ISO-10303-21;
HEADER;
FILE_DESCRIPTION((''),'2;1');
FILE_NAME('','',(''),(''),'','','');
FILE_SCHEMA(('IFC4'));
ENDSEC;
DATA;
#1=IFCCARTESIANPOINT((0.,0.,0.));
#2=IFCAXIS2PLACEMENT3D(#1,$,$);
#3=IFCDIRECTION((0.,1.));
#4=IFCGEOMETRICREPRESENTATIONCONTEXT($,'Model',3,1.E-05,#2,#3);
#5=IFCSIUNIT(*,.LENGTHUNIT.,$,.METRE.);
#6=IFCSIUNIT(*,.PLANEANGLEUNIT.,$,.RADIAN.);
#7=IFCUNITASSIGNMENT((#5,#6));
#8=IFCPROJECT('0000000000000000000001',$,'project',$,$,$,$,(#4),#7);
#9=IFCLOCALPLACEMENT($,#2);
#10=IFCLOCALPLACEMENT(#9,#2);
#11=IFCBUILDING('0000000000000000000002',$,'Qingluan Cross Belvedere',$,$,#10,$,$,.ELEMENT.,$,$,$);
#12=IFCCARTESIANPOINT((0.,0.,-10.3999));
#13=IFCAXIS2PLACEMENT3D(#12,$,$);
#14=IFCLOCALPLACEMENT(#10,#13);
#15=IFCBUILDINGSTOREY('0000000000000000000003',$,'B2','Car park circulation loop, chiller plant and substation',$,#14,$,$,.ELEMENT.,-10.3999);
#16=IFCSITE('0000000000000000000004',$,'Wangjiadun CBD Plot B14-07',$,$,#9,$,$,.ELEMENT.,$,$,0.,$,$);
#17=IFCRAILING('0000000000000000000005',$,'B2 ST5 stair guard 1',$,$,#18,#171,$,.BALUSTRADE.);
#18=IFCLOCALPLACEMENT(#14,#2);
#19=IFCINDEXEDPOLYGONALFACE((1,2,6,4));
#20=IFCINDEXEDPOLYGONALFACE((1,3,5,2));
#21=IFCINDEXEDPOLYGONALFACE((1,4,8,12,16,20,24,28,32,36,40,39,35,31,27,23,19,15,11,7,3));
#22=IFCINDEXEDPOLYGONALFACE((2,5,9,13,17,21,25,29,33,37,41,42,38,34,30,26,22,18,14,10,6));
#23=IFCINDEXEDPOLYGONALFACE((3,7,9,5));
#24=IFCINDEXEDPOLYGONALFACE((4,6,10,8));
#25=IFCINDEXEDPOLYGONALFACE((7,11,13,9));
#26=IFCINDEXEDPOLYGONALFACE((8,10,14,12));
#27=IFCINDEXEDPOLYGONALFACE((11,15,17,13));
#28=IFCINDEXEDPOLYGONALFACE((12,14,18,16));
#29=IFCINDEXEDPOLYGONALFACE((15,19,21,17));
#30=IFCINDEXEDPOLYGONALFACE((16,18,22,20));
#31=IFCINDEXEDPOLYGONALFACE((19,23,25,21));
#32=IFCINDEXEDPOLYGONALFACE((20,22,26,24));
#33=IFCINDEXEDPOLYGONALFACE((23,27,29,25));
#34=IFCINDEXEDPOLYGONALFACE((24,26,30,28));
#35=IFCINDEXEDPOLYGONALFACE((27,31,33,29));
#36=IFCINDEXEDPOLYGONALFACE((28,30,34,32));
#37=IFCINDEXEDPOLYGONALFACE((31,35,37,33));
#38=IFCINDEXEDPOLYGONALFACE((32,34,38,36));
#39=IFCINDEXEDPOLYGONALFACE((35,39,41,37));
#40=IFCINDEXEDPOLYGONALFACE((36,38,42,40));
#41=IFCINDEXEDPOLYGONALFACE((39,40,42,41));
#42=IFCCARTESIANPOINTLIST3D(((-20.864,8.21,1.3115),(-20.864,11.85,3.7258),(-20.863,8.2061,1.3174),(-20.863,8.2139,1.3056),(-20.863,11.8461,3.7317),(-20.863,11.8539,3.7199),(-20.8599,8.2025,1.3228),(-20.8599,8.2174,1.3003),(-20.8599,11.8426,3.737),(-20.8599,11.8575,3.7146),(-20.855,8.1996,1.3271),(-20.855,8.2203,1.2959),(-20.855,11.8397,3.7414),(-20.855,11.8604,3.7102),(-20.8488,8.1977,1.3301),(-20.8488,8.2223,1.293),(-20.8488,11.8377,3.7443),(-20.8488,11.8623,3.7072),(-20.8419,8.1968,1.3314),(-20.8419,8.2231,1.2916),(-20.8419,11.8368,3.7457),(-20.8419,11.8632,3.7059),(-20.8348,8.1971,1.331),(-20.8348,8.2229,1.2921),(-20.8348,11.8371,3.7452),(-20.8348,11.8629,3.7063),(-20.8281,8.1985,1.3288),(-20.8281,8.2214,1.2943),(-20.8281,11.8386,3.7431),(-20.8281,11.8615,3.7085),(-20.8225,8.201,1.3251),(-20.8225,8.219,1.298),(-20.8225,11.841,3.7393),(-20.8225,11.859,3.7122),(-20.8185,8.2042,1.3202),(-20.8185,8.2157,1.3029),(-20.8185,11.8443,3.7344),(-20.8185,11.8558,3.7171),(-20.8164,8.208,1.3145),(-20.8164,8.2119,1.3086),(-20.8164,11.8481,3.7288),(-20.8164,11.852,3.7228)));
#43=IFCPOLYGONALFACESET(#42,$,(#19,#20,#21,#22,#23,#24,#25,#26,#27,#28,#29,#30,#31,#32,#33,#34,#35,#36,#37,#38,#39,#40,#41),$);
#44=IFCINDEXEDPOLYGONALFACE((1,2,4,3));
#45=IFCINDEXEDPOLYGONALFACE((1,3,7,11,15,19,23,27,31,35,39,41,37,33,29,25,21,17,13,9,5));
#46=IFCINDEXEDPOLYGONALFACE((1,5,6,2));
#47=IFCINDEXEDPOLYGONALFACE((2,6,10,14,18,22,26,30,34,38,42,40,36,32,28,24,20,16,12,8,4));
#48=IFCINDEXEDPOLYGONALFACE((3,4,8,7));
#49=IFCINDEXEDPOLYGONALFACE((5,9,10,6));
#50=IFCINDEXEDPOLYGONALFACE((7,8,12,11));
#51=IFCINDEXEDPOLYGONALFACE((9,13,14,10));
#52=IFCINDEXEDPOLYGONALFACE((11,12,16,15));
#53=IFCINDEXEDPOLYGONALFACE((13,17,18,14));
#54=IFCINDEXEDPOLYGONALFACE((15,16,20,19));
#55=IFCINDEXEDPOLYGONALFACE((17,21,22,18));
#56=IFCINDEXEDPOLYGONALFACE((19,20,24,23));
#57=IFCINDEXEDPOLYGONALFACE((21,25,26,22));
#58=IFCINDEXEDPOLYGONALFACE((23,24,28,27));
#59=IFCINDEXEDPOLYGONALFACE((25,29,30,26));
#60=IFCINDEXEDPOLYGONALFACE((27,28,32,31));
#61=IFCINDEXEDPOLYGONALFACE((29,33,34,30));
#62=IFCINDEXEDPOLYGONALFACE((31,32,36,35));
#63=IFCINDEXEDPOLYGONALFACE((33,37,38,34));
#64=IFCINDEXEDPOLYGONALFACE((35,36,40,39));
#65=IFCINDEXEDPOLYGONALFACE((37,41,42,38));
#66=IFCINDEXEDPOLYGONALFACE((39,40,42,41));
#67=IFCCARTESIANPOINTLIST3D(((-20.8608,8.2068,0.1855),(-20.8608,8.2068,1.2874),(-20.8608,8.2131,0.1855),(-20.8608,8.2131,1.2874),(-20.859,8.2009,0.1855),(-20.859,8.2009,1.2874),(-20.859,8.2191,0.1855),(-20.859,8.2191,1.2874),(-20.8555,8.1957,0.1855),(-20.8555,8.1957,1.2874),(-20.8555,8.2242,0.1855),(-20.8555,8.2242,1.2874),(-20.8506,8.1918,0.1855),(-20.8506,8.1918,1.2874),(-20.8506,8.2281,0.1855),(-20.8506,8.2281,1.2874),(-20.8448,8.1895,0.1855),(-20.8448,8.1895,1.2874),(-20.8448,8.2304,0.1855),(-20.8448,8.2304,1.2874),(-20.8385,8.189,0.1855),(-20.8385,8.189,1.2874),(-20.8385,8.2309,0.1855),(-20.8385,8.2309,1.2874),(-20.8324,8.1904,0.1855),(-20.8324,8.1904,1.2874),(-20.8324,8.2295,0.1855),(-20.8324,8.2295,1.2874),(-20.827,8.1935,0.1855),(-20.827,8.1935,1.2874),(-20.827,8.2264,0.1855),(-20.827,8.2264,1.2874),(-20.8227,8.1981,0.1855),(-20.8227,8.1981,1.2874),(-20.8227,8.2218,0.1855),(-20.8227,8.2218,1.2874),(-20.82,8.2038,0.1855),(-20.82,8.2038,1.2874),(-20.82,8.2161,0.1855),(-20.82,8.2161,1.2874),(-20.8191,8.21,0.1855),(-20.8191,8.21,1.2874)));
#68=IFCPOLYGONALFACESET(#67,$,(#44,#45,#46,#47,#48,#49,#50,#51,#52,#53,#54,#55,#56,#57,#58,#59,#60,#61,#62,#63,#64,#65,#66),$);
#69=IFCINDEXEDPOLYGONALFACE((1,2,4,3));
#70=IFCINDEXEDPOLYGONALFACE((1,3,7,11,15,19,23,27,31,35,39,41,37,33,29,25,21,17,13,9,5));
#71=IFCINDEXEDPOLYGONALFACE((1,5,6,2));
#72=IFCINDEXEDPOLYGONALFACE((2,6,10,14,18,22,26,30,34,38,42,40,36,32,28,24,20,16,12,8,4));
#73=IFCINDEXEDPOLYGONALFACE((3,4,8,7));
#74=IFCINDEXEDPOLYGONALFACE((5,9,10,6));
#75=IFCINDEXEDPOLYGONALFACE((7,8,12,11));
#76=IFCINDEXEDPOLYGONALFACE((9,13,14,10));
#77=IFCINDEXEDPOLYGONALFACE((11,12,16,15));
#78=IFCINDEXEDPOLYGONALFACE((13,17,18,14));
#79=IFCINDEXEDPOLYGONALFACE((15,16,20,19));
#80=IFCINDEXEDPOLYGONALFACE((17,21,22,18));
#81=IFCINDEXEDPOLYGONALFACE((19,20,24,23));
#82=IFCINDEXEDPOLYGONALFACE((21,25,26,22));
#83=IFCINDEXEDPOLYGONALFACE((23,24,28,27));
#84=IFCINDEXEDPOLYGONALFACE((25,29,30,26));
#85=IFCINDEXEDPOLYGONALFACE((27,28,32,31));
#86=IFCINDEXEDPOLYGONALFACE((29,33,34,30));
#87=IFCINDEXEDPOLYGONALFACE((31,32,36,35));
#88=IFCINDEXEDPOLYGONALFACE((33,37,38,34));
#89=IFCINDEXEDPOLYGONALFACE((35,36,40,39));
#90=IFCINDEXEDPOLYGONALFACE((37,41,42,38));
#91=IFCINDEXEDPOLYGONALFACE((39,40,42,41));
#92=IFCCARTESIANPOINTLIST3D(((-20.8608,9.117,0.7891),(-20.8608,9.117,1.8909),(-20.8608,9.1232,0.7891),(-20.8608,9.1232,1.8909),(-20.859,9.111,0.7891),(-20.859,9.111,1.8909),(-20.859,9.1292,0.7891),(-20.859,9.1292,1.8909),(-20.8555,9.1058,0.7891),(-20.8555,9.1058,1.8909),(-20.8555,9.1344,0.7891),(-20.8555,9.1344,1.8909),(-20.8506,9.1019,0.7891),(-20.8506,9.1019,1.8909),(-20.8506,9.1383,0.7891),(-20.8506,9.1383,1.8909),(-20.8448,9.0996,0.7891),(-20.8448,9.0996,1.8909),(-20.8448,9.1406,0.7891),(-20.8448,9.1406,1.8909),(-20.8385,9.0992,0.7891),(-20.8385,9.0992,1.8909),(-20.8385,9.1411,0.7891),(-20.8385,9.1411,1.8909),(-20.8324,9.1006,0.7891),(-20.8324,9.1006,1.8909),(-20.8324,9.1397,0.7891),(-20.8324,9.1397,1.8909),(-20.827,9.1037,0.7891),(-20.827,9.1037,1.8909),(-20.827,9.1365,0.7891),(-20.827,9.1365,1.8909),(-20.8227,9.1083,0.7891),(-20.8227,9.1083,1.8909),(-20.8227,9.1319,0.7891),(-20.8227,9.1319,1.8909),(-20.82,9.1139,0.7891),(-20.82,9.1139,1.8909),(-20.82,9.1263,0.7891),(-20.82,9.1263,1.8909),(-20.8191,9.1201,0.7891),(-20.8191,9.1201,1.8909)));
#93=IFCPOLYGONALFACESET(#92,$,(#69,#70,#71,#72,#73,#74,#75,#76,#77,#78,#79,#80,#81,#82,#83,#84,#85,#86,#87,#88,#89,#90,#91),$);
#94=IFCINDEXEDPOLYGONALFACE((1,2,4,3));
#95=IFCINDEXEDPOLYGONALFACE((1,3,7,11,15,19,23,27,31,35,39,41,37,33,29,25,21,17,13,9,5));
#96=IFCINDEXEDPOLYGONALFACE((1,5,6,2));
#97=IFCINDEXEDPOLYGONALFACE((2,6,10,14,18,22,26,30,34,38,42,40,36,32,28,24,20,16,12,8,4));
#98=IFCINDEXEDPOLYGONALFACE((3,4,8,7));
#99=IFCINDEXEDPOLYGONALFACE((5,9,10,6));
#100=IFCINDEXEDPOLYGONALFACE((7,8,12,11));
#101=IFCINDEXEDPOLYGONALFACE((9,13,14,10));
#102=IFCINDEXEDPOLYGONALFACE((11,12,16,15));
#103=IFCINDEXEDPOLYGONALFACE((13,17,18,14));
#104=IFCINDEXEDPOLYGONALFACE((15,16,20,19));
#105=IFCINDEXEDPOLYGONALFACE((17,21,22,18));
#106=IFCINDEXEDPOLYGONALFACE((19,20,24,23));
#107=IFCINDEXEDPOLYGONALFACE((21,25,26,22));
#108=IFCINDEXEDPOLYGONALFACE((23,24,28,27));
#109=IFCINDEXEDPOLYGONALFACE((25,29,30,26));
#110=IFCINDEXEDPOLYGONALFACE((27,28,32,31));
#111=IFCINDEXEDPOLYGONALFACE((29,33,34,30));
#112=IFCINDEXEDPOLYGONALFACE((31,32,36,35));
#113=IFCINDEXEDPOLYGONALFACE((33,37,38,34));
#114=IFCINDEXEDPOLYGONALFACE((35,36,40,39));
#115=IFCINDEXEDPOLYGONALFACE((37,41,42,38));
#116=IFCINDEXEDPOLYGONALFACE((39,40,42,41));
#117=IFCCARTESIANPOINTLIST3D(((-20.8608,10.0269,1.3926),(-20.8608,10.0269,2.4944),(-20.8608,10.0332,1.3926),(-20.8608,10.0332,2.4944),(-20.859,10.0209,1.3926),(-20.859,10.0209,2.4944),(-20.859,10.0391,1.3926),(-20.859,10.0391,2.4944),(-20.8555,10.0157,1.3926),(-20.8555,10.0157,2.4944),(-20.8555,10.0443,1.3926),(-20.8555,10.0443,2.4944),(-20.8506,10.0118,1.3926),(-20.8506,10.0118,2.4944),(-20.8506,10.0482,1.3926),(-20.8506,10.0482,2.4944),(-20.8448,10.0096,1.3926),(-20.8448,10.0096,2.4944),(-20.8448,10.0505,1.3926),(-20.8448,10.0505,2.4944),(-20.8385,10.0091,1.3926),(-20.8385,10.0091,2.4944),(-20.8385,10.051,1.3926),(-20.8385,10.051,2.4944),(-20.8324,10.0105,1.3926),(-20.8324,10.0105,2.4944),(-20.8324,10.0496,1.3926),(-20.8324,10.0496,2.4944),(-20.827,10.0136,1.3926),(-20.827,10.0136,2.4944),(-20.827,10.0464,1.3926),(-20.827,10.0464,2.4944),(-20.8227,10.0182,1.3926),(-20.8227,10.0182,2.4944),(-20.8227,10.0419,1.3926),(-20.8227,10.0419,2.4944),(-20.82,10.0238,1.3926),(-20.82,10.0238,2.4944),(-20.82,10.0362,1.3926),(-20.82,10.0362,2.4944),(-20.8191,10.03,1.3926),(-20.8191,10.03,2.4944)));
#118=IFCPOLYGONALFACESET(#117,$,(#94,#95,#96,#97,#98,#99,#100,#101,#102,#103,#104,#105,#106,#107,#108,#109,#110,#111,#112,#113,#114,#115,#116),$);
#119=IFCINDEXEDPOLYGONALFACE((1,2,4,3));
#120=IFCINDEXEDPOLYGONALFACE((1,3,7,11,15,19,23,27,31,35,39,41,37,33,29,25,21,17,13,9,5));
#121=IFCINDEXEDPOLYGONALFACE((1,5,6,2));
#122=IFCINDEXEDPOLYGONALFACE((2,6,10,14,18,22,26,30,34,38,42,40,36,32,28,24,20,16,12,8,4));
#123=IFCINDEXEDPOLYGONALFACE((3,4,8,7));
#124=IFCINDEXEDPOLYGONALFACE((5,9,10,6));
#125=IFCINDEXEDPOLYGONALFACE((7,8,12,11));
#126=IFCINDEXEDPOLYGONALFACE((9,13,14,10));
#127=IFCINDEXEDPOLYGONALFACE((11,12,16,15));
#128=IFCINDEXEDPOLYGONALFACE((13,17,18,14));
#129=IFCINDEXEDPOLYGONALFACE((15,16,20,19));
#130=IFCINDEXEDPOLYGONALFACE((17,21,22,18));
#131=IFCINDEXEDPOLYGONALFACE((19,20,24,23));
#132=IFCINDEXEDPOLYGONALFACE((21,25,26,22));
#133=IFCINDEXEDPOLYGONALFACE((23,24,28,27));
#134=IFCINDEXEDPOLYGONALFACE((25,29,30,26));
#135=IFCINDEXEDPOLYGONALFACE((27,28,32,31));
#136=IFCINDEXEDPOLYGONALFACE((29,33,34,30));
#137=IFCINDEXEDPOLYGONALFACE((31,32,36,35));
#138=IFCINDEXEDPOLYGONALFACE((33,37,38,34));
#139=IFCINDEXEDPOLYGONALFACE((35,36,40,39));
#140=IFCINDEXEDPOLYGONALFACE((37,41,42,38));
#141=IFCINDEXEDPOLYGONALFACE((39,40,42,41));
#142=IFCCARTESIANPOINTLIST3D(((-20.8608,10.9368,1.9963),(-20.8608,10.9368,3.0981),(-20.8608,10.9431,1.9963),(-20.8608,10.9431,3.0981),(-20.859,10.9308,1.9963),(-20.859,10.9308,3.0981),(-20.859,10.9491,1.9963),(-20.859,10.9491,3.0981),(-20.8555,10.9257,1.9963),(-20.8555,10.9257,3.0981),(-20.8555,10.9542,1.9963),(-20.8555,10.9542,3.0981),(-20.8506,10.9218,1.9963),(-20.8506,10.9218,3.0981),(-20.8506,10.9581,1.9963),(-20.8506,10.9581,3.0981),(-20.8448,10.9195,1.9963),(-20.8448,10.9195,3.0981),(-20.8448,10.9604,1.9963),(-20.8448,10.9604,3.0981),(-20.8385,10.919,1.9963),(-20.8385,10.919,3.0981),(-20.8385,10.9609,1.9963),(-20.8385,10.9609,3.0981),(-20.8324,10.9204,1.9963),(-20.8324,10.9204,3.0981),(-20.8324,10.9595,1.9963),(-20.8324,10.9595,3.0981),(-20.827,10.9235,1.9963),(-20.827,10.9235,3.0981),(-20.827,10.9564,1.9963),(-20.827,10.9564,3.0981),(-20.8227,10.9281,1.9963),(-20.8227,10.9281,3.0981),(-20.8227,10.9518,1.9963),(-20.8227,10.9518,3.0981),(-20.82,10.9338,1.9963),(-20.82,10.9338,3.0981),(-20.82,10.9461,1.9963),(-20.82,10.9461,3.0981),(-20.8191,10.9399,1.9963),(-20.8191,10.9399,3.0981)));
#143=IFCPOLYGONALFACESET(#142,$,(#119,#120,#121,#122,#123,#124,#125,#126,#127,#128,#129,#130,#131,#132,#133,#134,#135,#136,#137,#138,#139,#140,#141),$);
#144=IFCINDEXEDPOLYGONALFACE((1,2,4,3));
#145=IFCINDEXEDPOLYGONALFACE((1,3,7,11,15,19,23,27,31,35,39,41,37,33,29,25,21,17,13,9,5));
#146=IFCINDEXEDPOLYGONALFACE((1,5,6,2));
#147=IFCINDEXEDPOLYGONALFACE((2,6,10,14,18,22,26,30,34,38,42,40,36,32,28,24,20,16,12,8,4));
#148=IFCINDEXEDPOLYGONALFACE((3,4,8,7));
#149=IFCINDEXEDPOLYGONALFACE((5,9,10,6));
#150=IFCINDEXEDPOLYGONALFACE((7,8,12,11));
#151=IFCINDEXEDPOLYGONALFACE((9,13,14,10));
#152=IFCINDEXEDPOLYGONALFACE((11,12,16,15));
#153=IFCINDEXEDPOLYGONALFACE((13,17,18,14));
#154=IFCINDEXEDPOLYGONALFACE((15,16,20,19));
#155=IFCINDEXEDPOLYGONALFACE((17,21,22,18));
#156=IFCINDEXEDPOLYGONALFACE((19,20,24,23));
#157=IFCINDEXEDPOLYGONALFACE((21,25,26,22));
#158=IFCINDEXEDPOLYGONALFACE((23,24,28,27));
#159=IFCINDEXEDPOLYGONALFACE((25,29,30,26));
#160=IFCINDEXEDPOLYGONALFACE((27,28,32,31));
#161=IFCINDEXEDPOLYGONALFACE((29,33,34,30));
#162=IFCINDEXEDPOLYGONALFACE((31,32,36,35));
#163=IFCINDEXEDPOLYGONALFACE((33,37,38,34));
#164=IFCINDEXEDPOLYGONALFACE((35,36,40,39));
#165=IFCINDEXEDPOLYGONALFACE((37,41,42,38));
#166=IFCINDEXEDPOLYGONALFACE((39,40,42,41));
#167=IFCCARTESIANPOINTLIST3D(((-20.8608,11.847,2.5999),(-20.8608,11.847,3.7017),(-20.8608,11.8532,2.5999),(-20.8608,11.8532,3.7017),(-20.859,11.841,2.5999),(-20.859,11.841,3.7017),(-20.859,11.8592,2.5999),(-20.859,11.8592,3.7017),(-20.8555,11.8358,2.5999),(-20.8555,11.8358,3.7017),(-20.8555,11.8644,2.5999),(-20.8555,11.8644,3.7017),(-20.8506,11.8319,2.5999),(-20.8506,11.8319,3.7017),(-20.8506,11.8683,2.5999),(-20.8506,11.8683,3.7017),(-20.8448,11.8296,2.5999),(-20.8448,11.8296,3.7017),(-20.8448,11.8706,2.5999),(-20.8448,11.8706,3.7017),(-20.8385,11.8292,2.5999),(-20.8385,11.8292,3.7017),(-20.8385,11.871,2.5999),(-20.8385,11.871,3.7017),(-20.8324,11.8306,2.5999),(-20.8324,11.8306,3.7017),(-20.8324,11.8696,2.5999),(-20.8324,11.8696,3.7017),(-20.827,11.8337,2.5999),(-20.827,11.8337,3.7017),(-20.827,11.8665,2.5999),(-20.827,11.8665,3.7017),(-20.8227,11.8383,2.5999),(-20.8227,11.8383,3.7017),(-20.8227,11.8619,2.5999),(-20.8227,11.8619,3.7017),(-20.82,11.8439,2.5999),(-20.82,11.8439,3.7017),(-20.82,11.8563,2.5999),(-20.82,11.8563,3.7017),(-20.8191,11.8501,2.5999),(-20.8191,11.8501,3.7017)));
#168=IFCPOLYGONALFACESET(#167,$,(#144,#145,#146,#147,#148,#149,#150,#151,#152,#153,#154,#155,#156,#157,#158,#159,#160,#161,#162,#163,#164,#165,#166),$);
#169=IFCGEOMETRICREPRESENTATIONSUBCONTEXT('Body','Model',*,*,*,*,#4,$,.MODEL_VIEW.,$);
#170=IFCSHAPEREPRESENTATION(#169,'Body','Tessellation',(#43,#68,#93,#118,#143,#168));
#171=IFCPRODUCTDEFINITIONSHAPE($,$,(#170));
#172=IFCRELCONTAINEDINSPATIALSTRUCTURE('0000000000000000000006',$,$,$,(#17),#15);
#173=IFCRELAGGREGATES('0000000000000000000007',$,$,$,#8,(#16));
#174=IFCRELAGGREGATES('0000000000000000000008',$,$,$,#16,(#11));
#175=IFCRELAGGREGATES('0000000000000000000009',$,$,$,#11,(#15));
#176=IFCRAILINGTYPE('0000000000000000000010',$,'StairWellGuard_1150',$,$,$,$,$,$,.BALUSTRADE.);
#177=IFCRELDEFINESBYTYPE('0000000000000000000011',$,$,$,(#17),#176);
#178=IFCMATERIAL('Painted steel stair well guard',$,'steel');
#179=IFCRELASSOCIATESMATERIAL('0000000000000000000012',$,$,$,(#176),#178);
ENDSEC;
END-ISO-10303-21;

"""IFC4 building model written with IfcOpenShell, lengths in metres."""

from ifc_helpers import new_model, si_unit, direction, frame, origin, origin_2d, place, context, subcontext, project, spatial, circle, extrude, material, type_object, element, save


model = new_model("IFC4")

# Units and contexts
model_context = context("Model", 3, precision=1e-05, world=origin(), true_north=direction((0.0, 1.0)))
body_context = subcontext(model_context, "Body", "Model", "MODEL_VIEW")
ifc_project = project(units=[si_unit("LENGTHUNIT", "METRE"), si_unit("PLANEANGLEUNIT", "RADIAN")], contexts=[model_context])

# Site, building, storey
site_placement = place(None, origin())
site = spatial("IfcSite", under=ifc_project, at=site_placement, Name="Wangjiadun CBD Plot B14-07", CompositionType="ELEMENT", RefElevation=0.0)
building_placement = place(site_placement, origin())
building = spatial("IfcBuilding", under=site, at=building_placement, Name="Qingluan Cross Belvedere", CompositionType="ELEMENT")
storey_placement = place(building_placement, frame((0.0, 0.0, -10.3999)))
storey = spatial("IfcBuildingStorey", under=building, at=storey_placement, Name="B2", Description="Car park circulation loop, chiller plant and substation", CompositionType="ELEMENT", Elevation=-10.3999)

# Railing
ifc_material_1 = material(Name="Painted steel stair well guard", Category="steel")
railing_type_1 = type_object("IfcRailingType", Name="StairWellGuard_1150", PredefinedType="BALUSTRADE", material=ifc_material_1)
railing_1_placement = place(storey_placement, frame((-20.8401, 8.21, 0.1855)))
element("IfcRailing", 1, at=railing_1_placement, inside=storey, type_object=railing_type_1, Name="B2 ST5 stair guard 1", PredefinedType="BALUSTRADE", context=body_context, shape_type="SweptSolid", body=[
    extrude(circle(Radius=0.0239, at=origin_2d()), frame((0.0, 0.0, 1.126), z_axis=(0.0, 0.833364, 0.552725), x_axis=(-1.0, 0.0, 0.0)), (0.0, 0.0, 1.0), 4.3679),
    extrude(circle(Radius=0.021, at=origin_2d()), origin(), (0.0, 0.0, 1.0), 1.1018),
    extrude(circle(Radius=0.021, at=origin_2d()), frame((0.0, 0.9102, 0.6035)), (0.0, 0.0, 1.0), 1.1018),
    extrude(circle(Radius=0.021, at=origin_2d()), frame((0.0, 1.8201, 1.207)), (0.0, 0.0, 1.0), 1.1018),
    extrude(circle(Radius=0.021, at=origin_2d()), frame((0.0, 2.73, 1.8108)), (0.0, 0.0, 1.0), 1.1018),
    extrude(circle(Radius=0.021, at=origin_2d()), frame((0.0, 3.6401, 2.4143)), (0.0, 0.0, 1.0), 1.1018),
])

save(model, "model.ifc")
